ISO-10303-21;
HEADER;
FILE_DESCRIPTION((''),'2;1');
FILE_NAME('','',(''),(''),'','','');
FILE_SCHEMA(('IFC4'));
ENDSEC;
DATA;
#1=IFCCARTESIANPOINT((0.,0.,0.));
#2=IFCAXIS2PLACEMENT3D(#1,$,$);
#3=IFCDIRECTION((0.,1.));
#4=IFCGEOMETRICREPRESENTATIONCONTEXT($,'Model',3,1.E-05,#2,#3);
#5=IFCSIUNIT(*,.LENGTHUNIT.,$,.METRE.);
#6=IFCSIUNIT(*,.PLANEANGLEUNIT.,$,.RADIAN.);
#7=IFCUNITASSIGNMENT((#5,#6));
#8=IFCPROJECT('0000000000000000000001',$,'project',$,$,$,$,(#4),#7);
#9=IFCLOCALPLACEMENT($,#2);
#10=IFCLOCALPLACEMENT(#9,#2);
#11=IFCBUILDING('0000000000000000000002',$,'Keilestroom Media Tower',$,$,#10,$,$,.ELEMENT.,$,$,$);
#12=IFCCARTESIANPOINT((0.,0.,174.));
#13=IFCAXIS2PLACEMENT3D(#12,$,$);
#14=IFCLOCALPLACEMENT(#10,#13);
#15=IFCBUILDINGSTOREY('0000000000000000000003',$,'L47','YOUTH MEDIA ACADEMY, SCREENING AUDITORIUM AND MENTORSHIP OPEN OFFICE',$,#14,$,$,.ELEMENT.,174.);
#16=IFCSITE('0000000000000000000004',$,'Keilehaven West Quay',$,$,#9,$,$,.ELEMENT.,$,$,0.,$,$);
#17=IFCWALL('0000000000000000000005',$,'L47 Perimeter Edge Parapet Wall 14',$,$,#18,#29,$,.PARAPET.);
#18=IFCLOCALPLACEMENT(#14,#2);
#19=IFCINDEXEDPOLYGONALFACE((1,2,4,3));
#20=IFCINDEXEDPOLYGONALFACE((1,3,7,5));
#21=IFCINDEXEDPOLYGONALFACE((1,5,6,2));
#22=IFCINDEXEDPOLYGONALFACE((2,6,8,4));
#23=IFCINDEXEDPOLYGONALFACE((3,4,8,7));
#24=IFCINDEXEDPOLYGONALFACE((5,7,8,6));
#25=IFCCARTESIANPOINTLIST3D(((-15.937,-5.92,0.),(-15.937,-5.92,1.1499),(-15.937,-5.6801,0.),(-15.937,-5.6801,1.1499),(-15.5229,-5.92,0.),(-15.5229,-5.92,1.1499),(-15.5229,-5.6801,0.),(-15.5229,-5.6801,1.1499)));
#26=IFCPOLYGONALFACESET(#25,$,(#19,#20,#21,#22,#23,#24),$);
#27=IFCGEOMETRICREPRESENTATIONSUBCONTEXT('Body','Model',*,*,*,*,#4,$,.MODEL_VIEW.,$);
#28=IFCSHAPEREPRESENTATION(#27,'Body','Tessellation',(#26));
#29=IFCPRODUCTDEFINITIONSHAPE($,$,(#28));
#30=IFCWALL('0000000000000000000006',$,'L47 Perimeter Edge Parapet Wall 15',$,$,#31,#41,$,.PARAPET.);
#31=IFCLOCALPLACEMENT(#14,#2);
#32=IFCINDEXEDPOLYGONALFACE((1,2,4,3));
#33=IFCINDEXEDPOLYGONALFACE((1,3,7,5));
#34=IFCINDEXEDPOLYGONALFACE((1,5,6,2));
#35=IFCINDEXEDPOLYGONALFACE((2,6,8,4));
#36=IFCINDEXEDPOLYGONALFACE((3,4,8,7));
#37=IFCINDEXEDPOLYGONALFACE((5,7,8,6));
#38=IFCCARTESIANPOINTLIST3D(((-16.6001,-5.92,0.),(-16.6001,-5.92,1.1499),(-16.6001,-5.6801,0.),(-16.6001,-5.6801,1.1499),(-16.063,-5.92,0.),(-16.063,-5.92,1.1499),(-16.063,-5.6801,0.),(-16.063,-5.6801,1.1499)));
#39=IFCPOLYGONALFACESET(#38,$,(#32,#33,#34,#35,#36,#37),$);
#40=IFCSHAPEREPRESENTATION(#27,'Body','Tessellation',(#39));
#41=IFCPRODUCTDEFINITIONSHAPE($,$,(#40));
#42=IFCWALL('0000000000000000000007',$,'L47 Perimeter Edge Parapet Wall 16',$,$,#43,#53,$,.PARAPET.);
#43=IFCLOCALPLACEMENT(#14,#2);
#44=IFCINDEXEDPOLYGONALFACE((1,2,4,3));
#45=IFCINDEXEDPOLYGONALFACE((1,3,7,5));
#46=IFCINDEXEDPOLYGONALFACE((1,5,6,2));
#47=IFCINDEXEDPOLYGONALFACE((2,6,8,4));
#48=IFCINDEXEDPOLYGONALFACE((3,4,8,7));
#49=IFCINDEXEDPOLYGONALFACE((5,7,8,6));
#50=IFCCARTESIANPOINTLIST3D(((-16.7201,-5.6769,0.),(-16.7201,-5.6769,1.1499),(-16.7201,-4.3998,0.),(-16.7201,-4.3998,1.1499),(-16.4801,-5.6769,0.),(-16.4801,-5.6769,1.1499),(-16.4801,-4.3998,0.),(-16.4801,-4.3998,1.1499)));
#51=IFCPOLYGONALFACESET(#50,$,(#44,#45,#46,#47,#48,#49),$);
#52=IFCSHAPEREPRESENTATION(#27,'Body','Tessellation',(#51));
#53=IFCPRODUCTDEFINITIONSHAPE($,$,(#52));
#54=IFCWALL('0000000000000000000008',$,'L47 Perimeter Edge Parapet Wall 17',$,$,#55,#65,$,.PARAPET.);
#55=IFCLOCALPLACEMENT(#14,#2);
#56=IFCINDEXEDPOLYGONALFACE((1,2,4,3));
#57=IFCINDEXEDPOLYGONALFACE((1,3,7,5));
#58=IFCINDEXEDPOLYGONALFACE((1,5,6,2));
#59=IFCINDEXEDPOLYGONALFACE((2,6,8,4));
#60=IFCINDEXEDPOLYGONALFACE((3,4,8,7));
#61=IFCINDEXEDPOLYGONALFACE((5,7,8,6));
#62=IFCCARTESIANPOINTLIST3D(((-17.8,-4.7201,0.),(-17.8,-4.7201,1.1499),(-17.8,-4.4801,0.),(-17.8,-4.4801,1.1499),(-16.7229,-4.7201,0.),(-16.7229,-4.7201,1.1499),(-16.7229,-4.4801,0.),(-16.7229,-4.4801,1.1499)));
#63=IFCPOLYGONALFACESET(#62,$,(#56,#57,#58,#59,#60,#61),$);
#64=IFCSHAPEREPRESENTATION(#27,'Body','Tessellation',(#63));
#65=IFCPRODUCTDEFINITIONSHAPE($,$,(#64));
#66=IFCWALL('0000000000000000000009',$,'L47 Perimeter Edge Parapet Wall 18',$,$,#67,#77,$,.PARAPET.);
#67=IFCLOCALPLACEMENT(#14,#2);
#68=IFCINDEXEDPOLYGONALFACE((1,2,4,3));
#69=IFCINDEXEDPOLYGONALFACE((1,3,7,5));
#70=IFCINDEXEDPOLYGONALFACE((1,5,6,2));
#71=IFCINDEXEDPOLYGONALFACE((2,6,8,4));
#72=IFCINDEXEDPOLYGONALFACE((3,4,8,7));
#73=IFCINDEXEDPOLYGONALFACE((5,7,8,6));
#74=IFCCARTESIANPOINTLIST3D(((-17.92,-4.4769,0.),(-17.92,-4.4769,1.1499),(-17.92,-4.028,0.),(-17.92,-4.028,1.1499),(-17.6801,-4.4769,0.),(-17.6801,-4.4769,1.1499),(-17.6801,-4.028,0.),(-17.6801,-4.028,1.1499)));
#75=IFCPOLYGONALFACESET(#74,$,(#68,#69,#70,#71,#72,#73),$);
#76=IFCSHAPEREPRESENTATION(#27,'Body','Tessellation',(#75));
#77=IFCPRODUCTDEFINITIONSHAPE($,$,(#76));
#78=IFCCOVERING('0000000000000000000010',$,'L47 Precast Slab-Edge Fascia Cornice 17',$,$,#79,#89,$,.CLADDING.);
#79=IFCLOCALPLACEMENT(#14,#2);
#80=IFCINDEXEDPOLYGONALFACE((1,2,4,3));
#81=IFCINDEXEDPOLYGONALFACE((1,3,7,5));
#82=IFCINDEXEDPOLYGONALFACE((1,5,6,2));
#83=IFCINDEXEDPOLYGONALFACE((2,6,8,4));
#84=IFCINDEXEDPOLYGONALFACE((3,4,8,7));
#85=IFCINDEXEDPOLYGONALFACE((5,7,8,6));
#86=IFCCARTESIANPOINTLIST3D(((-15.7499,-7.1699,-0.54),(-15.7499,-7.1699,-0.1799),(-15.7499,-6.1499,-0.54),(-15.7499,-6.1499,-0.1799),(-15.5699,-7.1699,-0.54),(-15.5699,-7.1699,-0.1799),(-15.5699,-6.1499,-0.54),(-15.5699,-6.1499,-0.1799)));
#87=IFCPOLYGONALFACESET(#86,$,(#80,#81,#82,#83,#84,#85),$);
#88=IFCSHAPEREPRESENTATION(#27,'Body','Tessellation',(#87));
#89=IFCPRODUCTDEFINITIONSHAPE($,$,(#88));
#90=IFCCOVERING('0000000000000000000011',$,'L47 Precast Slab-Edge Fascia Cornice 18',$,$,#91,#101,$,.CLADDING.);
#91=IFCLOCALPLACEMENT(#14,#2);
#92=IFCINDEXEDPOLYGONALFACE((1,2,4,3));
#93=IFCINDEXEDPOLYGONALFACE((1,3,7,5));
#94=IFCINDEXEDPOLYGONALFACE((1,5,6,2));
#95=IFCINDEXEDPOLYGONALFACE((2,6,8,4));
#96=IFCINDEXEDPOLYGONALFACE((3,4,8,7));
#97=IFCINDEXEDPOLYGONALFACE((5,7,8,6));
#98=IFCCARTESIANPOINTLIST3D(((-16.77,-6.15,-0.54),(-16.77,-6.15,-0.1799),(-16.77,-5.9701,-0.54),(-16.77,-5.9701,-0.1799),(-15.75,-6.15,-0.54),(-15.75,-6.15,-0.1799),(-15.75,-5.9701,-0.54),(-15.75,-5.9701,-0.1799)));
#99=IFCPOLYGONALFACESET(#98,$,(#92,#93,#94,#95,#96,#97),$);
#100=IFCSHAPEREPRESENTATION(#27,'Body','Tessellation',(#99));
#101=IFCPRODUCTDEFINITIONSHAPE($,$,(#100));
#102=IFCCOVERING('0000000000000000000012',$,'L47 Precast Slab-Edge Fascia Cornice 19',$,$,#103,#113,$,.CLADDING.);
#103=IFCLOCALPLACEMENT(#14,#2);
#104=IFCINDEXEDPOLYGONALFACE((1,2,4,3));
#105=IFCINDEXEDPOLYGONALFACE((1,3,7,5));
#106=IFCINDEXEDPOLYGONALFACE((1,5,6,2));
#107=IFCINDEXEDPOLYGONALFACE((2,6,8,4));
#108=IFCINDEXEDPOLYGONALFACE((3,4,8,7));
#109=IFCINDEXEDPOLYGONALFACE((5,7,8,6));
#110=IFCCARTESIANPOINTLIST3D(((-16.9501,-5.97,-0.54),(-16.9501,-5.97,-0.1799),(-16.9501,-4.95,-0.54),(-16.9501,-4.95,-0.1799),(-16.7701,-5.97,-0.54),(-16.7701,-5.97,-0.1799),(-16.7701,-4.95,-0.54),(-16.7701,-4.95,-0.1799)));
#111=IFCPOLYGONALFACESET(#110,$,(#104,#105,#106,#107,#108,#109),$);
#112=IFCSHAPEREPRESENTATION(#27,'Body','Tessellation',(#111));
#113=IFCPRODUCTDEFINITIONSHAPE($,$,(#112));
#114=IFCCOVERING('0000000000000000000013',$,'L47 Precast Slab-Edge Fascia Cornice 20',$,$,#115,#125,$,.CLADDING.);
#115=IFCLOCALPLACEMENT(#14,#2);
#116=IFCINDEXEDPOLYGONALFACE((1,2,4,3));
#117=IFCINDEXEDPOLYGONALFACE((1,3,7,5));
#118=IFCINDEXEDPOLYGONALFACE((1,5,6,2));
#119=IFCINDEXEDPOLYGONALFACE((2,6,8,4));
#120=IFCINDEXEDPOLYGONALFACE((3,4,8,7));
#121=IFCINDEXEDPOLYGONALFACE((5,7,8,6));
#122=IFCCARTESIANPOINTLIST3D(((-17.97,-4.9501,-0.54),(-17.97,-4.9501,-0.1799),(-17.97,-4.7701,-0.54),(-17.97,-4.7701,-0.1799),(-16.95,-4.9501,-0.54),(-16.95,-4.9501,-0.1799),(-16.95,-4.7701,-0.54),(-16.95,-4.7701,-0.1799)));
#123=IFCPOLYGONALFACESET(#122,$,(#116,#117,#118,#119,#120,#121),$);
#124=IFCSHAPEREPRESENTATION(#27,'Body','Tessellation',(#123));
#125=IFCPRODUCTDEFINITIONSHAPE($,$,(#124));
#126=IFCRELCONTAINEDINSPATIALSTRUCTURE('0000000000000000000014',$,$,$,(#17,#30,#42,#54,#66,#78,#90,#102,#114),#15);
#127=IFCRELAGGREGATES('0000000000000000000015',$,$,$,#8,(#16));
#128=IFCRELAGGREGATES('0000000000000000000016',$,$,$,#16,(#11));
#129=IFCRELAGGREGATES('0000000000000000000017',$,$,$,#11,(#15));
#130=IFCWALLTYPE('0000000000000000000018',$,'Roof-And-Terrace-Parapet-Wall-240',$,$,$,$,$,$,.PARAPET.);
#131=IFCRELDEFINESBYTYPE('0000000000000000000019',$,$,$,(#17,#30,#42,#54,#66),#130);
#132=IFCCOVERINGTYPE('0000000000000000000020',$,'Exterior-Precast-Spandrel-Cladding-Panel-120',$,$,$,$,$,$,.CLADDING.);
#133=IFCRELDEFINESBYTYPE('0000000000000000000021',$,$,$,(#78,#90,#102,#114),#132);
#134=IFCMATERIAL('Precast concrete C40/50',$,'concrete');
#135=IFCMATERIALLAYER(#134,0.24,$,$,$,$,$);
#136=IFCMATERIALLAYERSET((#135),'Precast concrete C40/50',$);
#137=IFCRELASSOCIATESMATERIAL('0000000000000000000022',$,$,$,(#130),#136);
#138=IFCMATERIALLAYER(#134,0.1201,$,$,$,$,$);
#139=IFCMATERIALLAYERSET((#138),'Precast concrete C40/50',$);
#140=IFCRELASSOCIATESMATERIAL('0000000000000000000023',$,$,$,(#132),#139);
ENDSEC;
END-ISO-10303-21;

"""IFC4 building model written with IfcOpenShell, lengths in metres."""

from ifc_helpers import new_model, si_unit, direction, frame, frame_2d, origin, origin_2d, place, context, subcontext, project, spatial, rectangle, extrude, source, transform, mapped, material, layer, layer_set, type_object, element, save


model = new_model("IFC4")

# Units and contexts
model_context = context("Model", 3, precision=1e-05, world=origin(), true_north=direction((0.0, 1.0)))
body_context = subcontext(model_context, "Body", "Model", "MODEL_VIEW")
ifc_project = project(units=[si_unit("LENGTHUNIT", "METRE"), si_unit("PLANEANGLEUNIT", "RADIAN")], contexts=[model_context])

# Site, building, storey
site_placement = place(None, origin())
site = spatial("IfcSite", under=ifc_project, at=site_placement, Name="Keilehaven West Quay", CompositionType="ELEMENT", RefElevation=0.0)
building_placement = place(site_placement, origin())
building = spatial("IfcBuilding", under=site, at=building_placement, Name="Keilestroom Media Tower", CompositionType="ELEMENT")
storey_placement = place(building_placement, frame((0.0, 0.0, 174.0)))
storey = spatial("IfcBuildingStorey", under=building, at=storey_placement, Name="L47", Description="YOUTH MEDIA ACADEMY, SCREENING AUDITORIUM AND MENTORSHIP OPEN OFFICE", CompositionType="ELEMENT", Elevation=174.0)

# Shared definitions
ifc_material_1 = material(Name="Precast concrete C40/50", Category="concrete")

# Walls
ifc_layer_1 = layer(ifc_material_1, 0.24)
ifc_layer_set_1 = layer_set([ifc_layer_1], Name="Precast concrete C40/50")
wall_type = type_object("IfcWallType", Name="Roof-And-Terrace-Parapet-Wall-240", PredefinedType="PARAPET", material=ifc_layer_set_1)
wall_1_placement = place(storey_placement, frame((-15.5229, -5.8, 0.0), z_axis=(0.0, 0.0, 1.0), x_axis=(-1.0, 0.0, 0.0)))
element("IfcWall", 1, at=wall_1_placement, inside=storey, type_object=wall_type, Name="L47 Perimeter Edge Parapet Wall 14", PredefinedType="PARAPET", context=body_context, shape_type="SweptSolid", body=[
    extrude(rectangle(XDim=0.4141, YDim=0.24, at=frame_2d((0.207, 0.0))), origin(), (0.0, 0.0, 1.0), 1.1499),
])
wall_2_placement = place(storey_placement, frame((-16.063, -5.8, 0.0), z_axis=(0.0, 0.0, 1.0), x_axis=(-1.0, 0.0, 0.0)))
element("IfcWall", 2, at=wall_2_placement, inside=storey, type_object=wall_type, Name="L47 Perimeter Edge Parapet Wall 15", PredefinedType="PARAPET", context=body_context, shape_type="SweptSolid", body=[
    extrude(rectangle(XDim=0.5371, YDim=0.24, at=frame_2d((0.2686, 0.0))), origin(), (0.0, 0.0, 1.0), 1.1499),
])
wall_3_placement = place(storey_placement, frame((-16.6001, -5.677, 0.0), z_axis=(0.0, 0.0, 1.0), x_axis=(0.0, 1.0, 0.0)))
element("IfcWall", 3, at=wall_3_placement, inside=storey, type_object=wall_type, Name="L47 Perimeter Edge Parapet Wall 16", PredefinedType="PARAPET", context=body_context, shape_type="SweptSolid", body=[
    extrude(rectangle(XDim=1.2771, YDim=0.24, at=frame_2d((0.6387, 0.0))), origin(), (0.0, 0.0, 1.0), 1.1499),
])
wall_4_placement = place(storey_placement, frame((-16.7229, -4.6001, 0.0), z_axis=(0.0, 0.0, 1.0), x_axis=(-1.0, 0.0, 0.0)))
element("IfcWall", 4, at=wall_4_placement, inside=storey, type_object=wall_type, Name="L47 Perimeter Edge Parapet Wall 17", PredefinedType="PARAPET", context=body_context, shape_type="SweptSolid", body=[
    extrude(rectangle(XDim=1.0771, YDim=0.24, at=frame_2d((0.5386, 0.0))), origin(), (0.0, 0.0, 1.0), 1.1499),
])
wall_5_placement = place(storey_placement, frame((-17.8, -4.4771, 0.0), z_axis=(0.0, 0.0, 1.0), x_axis=(0.0, 1.0, 0.0)))
element("IfcWall", 5, at=wall_5_placement, inside=storey, type_object=wall_type, Name="L47 Perimeter Edge Parapet Wall 18", PredefinedType="PARAPET", context=body_context, shape_type="SweptSolid", body=[
    extrude(rectangle(XDim=0.449, YDim=0.24, at=frame_2d((0.2246, 0.0))), origin(), (0.0, 0.0, 1.0), 1.1499),
])

# Coverings
ifc_layer_2 = layer(ifc_material_1, 0.1201)
ifc_layer_set_2 = layer_set([ifc_layer_2], Name="Precast concrete C40/50")
covering_type = type_object("IfcCoveringType", Name="Exterior-Precast-Spandrel-Cladding-Panel-120", PredefinedType="CLADDING", material=ifc_layer_set_2)
shared_shape_1 = source(origin(), body_context, "Body", "SweptSolid", [
    extrude(rectangle(XDim=1.02, YDim=0.1799, at=origin_2d()), origin(), (0.0, 0.0, 1.0), 0.3601),
])
for number, where, z_axis, x_axis, name in (
    (6, (-15.6599, -6.6599, -0.54), (0.0, 0.0, 1.0), (0.0, 1.0, 0.0), "L47 Precast Slab-Edge Fascia Cornice 17"),
    (7, (-16.26, -6.0601, -0.54), (0.0, 0.0, 1.0), (-1.0, 0.0, 0.0), "L47 Precast Slab-Edge Fascia Cornice 18"),
    (8, (-16.8601, -5.46, -0.54), (0.0, 0.0, 1.0), (0.0, 1.0, 0.0), "L47 Precast Slab-Edge Fascia Cornice 19"),
    (9, (-17.46, -4.8601, -0.54), (0.0, 0.0, 1.0), (-1.0, 0.0, 0.0), "L47 Precast Slab-Edge Fascia Cornice 20"),
):
    element("IfcCovering", number, at=place(storey_placement, frame(where, z_axis=z_axis, x_axis=x_axis)), inside=storey, type_object=covering_type, Name=name, PredefinedType="CLADDING", context=body_context, shape_type="MappedRepresentation", body=[
        mapped(shared_shape_1, transform((0.0, 0.0, 0.0), x_axis=(1.0, 0.0, 0.0), y_axis=(0.0, 1.0, 0.0), z_axis=(0.0, 0.0, 1.0), scale=1.0)),
    ])

save(model, "model.ifc")
